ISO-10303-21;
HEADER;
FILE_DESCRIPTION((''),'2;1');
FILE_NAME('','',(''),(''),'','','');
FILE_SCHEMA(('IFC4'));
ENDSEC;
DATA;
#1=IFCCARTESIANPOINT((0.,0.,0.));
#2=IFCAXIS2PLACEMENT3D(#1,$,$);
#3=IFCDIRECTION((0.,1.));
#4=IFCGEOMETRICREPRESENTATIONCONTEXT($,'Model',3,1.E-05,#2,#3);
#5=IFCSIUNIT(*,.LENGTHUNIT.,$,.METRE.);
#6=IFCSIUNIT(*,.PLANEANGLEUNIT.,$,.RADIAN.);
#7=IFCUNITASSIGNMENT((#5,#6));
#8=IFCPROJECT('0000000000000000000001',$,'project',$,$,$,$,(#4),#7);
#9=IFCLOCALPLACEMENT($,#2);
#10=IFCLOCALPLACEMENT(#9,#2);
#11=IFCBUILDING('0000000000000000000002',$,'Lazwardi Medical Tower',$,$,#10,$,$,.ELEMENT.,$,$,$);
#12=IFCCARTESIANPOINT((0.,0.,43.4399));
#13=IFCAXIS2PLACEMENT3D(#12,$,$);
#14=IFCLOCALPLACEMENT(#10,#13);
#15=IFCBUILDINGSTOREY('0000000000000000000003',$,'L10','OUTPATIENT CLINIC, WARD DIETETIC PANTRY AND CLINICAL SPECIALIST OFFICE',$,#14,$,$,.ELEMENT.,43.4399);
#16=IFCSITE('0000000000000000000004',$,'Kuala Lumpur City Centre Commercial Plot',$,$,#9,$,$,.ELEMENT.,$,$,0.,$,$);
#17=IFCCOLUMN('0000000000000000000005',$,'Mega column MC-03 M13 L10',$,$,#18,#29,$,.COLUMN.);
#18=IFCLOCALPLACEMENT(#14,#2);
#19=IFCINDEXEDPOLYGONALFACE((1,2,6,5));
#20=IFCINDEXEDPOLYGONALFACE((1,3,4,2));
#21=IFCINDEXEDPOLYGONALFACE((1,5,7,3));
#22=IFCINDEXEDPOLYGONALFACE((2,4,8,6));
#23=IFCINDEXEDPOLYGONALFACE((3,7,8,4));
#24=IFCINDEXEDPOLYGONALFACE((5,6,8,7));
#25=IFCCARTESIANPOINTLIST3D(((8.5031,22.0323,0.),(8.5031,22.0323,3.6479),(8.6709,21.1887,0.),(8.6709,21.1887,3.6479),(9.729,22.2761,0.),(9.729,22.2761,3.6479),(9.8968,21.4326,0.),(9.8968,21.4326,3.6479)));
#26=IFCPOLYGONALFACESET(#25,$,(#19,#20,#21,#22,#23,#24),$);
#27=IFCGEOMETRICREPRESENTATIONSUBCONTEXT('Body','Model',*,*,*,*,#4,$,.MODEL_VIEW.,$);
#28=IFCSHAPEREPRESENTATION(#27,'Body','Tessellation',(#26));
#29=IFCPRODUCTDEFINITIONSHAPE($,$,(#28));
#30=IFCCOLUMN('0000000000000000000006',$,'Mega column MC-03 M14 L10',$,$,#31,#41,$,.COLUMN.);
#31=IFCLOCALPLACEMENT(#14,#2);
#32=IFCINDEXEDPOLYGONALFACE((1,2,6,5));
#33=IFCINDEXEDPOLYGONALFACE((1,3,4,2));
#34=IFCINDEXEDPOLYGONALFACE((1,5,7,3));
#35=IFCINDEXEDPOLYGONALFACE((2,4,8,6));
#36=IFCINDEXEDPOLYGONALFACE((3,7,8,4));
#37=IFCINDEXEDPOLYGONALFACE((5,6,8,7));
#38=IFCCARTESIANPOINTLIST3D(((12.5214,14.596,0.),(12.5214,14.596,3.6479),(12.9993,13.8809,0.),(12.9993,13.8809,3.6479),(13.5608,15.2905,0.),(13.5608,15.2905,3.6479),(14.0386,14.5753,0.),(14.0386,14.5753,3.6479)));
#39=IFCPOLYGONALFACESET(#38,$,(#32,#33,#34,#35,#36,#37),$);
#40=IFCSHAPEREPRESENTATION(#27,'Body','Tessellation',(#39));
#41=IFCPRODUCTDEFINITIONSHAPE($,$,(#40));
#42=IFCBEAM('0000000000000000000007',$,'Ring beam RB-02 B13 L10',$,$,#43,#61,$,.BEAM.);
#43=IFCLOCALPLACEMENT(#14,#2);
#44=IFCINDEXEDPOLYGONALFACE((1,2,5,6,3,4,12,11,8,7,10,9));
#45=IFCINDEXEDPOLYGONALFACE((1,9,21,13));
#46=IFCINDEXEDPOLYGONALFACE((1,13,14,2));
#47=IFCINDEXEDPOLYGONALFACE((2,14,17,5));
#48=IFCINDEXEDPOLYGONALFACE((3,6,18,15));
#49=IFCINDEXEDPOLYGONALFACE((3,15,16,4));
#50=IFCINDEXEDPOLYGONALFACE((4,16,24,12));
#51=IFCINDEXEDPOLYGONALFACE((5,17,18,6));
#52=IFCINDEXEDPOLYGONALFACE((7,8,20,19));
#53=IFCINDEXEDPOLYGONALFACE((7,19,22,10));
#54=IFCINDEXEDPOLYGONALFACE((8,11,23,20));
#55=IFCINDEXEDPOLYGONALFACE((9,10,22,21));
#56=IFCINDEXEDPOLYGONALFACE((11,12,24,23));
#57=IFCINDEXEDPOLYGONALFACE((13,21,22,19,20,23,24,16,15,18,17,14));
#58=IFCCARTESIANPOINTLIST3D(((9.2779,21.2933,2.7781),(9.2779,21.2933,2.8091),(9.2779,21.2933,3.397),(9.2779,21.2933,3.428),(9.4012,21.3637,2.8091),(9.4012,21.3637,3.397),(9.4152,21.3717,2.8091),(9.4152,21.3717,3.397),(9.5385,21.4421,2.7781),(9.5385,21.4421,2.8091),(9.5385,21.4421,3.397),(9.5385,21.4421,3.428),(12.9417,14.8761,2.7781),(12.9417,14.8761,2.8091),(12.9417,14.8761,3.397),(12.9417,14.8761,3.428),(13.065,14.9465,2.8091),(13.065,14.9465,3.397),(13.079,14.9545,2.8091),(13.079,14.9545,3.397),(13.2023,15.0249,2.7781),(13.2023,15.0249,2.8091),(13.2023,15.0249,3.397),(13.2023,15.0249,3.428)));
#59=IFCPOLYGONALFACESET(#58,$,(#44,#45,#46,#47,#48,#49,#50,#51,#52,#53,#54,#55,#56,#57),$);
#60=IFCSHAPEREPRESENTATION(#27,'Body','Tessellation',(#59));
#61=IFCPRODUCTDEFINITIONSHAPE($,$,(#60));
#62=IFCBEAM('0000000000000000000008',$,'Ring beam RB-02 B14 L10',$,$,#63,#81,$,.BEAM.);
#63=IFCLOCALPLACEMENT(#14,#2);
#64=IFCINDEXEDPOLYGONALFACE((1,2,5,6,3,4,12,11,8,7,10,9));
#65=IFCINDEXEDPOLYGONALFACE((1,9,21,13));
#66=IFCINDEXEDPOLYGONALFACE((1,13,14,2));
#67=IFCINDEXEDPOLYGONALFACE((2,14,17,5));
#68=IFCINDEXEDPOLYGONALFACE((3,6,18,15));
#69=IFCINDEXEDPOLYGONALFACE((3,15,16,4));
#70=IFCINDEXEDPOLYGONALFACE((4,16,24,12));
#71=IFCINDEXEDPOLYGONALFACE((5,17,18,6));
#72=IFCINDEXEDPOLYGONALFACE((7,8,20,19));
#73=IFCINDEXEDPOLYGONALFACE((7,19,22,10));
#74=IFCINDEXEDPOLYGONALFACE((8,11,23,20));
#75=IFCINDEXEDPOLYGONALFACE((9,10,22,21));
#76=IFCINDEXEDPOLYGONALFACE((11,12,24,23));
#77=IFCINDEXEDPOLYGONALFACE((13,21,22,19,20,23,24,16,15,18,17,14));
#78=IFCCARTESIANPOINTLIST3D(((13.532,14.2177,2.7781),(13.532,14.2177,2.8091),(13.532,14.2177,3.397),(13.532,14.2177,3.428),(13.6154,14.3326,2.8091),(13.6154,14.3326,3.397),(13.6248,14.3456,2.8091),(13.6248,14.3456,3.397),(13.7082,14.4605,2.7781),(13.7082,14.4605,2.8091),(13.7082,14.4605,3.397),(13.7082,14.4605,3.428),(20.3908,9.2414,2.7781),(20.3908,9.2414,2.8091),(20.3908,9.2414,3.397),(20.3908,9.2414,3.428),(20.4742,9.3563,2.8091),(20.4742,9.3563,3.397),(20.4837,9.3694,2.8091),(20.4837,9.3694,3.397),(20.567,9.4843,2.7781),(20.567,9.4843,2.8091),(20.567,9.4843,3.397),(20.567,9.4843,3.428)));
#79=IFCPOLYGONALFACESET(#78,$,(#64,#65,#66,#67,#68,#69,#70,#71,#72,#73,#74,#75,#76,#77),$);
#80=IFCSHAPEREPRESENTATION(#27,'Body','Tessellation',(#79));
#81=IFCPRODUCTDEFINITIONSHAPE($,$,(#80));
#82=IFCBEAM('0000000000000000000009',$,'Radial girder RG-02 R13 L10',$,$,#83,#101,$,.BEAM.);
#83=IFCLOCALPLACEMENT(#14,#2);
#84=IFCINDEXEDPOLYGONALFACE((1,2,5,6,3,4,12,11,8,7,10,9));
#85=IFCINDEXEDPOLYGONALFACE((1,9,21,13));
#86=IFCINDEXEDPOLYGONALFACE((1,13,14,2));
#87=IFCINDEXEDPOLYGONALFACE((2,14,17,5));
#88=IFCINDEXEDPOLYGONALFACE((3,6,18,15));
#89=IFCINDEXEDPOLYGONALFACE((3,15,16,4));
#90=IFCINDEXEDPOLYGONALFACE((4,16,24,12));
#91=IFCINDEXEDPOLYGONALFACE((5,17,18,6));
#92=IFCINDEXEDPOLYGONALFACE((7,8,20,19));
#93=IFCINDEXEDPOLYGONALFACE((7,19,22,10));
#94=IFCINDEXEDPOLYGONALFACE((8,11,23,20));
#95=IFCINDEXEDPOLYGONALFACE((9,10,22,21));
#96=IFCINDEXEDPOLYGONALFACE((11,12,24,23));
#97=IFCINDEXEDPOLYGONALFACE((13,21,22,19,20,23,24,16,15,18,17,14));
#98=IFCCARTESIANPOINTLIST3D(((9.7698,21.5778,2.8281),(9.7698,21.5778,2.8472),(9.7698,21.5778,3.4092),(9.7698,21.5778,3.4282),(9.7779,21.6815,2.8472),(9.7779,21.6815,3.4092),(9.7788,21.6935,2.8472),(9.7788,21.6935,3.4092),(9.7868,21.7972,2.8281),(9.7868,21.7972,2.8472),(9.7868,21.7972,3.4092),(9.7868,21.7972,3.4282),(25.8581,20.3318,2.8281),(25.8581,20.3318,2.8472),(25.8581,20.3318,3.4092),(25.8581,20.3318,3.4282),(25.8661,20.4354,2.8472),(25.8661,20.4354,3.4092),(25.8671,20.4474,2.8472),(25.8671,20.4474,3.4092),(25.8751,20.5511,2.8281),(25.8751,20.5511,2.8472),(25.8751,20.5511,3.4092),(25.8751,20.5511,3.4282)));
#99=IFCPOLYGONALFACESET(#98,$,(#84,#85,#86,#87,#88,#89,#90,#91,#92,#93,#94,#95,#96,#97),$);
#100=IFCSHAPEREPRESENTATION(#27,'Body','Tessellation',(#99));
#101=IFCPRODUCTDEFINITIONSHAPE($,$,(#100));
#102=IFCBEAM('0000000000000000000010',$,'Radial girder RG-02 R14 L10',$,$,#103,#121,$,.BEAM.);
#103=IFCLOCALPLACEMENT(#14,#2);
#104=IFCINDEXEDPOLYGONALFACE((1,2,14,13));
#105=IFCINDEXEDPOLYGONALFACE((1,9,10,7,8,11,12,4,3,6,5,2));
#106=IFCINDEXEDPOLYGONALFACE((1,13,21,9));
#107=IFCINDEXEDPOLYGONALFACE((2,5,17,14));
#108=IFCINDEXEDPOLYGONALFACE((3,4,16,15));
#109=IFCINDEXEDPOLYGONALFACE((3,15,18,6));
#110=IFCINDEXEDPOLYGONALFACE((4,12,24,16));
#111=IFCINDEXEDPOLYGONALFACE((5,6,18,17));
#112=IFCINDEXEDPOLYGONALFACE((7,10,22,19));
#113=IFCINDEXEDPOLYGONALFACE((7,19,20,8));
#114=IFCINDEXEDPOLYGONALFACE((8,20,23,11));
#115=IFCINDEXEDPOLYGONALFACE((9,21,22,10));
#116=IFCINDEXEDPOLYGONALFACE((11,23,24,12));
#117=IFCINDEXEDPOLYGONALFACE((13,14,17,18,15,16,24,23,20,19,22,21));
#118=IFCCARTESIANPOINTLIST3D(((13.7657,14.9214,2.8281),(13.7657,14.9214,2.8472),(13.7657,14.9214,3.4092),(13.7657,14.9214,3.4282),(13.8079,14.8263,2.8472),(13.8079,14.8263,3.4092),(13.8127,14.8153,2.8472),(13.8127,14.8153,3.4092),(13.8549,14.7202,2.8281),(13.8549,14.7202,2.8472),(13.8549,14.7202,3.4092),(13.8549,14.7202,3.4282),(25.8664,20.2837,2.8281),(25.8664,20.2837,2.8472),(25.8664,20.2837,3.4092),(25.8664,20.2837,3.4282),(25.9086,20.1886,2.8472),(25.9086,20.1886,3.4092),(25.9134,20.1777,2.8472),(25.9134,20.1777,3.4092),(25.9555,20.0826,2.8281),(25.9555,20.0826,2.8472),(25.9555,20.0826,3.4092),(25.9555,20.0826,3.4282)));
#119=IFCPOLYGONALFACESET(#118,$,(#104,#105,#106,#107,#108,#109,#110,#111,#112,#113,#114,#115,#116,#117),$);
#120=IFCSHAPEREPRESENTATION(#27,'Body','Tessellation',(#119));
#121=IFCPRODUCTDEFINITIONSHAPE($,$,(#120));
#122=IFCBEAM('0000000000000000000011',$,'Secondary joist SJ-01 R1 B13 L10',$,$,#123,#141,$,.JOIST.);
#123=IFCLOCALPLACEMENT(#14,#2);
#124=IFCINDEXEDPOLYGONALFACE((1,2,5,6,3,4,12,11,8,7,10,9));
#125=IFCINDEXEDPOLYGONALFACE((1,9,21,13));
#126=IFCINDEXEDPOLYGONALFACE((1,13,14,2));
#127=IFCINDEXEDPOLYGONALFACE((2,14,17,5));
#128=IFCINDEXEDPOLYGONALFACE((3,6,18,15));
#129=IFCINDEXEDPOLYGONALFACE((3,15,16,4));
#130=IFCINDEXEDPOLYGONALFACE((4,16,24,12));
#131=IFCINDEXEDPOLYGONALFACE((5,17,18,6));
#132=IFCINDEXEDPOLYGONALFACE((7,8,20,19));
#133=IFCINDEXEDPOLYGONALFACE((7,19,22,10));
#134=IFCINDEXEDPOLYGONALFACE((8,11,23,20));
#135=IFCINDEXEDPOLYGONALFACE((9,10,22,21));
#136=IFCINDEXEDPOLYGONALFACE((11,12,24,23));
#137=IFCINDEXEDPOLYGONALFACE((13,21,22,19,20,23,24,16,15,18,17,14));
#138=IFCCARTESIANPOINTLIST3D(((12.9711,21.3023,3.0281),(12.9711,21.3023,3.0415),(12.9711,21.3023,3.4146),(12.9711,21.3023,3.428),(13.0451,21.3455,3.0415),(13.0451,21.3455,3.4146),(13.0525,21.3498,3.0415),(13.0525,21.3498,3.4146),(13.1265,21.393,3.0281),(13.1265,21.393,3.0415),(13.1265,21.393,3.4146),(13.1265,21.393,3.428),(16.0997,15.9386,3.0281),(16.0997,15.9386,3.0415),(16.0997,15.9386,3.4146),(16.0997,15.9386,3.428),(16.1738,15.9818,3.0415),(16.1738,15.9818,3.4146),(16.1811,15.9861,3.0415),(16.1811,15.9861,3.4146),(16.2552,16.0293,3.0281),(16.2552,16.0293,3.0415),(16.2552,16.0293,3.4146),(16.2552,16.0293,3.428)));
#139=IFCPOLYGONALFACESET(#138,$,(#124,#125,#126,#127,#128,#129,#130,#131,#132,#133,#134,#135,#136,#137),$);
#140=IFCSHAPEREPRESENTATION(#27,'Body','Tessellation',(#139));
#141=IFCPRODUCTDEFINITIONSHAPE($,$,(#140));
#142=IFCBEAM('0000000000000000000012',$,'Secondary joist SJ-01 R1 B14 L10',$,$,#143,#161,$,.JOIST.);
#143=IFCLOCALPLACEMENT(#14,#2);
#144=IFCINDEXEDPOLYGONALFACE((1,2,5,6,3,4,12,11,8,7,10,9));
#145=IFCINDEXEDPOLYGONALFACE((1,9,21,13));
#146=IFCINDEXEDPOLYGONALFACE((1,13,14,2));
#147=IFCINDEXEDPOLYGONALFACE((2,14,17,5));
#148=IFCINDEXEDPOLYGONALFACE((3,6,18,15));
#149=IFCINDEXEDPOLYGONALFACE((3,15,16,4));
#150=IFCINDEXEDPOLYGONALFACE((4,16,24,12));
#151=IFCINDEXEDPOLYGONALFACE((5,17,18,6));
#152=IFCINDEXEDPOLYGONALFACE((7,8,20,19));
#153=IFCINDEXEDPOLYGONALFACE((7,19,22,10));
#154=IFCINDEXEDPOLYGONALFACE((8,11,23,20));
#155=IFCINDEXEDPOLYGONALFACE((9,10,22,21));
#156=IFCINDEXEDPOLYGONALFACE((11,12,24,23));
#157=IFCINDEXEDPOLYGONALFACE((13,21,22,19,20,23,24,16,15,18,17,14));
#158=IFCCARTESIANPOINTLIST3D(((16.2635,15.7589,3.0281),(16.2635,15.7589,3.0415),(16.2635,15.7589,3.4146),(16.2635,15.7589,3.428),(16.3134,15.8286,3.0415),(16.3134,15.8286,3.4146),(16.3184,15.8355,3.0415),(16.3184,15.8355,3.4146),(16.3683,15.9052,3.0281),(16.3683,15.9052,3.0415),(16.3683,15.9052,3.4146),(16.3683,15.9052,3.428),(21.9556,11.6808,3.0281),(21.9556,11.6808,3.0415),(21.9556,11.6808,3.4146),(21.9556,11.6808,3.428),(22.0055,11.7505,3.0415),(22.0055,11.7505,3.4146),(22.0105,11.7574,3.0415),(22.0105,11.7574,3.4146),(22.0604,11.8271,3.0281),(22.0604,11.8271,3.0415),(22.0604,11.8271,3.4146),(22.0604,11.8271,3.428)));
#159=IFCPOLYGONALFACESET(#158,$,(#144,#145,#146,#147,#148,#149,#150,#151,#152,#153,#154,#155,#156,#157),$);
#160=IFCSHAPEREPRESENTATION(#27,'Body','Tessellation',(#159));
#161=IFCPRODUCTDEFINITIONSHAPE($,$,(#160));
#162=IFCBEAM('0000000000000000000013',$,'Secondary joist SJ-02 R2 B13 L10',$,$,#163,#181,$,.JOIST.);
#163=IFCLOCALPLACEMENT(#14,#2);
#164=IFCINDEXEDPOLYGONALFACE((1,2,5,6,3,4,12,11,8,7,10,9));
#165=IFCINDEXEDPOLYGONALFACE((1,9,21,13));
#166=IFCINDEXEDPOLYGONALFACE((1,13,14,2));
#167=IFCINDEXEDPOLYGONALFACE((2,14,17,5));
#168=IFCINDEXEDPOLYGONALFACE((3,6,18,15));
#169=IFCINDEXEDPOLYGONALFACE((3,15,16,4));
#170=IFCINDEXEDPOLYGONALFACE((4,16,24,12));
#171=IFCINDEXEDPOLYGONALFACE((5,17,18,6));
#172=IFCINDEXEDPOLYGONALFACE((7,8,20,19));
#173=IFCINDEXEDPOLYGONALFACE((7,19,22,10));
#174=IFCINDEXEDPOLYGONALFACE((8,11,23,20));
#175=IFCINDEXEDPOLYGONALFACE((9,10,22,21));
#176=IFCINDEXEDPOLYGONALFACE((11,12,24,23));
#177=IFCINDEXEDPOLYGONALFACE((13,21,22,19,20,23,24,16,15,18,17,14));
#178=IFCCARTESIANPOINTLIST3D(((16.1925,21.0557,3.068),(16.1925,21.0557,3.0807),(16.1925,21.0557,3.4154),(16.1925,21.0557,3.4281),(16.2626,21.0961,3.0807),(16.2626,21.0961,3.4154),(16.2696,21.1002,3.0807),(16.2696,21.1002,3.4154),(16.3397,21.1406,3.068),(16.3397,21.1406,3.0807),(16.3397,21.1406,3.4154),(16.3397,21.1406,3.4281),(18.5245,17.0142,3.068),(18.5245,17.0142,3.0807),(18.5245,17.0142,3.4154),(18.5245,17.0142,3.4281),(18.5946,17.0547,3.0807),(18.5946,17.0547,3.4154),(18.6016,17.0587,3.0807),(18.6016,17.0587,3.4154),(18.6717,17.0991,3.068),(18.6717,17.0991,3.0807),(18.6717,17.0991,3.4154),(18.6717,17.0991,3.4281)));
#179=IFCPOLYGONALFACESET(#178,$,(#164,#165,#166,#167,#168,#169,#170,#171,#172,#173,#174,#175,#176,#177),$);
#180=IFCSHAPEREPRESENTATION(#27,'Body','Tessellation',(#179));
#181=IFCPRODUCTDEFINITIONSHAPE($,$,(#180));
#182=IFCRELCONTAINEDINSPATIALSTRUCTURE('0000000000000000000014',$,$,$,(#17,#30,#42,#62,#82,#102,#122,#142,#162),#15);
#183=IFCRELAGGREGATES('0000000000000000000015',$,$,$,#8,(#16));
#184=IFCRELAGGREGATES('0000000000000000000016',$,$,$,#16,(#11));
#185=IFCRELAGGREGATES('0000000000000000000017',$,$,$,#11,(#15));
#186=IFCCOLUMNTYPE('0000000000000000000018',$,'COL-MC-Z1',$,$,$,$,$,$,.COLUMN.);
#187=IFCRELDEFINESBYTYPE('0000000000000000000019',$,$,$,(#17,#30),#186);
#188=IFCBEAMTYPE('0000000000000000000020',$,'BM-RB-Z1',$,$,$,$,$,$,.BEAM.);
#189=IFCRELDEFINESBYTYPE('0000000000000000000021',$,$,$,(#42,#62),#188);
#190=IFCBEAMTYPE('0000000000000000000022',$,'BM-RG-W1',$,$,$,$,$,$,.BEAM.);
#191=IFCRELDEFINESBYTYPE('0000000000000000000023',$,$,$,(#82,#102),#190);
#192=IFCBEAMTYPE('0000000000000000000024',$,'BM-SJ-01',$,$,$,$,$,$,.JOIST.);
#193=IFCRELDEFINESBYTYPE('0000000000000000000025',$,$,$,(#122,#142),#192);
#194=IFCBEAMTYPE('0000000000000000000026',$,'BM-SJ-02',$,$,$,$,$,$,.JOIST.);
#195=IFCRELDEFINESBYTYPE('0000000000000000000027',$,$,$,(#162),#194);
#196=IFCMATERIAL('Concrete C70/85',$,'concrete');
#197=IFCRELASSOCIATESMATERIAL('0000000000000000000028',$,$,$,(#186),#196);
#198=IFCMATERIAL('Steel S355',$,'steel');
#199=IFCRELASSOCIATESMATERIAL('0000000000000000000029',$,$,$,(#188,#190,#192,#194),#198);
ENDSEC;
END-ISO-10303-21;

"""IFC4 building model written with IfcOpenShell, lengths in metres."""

from ifc_helpers import new_model, si_unit, direction, frame, origin, origin_2d, place, context, subcontext, project, spatial, rectangle, i_section, extrude, material, material_profile, profile_set, type_object, element, save


model = new_model("IFC4")

# Units and contexts
model_context = context("Model", 3, precision=1e-05, world=origin(), true_north=direction((0.0, 1.0)))
body_context = subcontext(model_context, "Body", "Model", "MODEL_VIEW")
ifc_project = project(units=[si_unit("LENGTHUNIT", "METRE"), si_unit("PLANEANGLEUNIT", "RADIAN")], contexts=[model_context])

# Site, building, storey
site_placement = place(None, origin())
site = spatial("IfcSite", under=ifc_project, at=site_placement, Name="Kuala Lumpur City Centre Commercial Plot", CompositionType="ELEMENT", RefElevation=0.0)
building_placement = place(site_placement, origin())
building = spatial("IfcBuilding", under=site, at=building_placement, Name="Lazwardi Medical Tower", CompositionType="ELEMENT")
storey_placement = place(building_placement, frame((0.0, 0.0, 43.4399)))
storey = spatial("IfcBuildingStorey", under=building, at=storey_placement, Name="L10", Description="OUTPATIENT CLINIC, WARD DIETETIC PANTRY AND CLINICAL SPECIALIST OFFICE", CompositionType="ELEMENT", Elevation=43.4399)

# Columns
ifc_material_1 = material(Name="Concrete C70/85", Category="concrete")
ifc_material_profile_1 = material_profile(ifc_material_1, rectangle(XDim=1.25, YDim=0.8601, at=origin_2d()), Name="CFT-RECT 1250x860")
ifc_profile_set_1 = profile_set([ifc_material_profile_1], Name="Concrete C70/85")
column_type = type_object("IfcColumnType", Name="COL-MC-Z1", PredefinedType="COLUMN", material=ifc_profile_set_1)
for number, where, z_axis, x_axis, name in (
    (1, (9.2, 21.7324, 0.0), (0.0, 0.0, 1.0), (-0.980785, -0.19509, 0.0), "Mega column MC-03 M13 L10"),
    (2, (13.28, 14.5857, 0.0), (0.0, 0.0, 1.0), (-0.83147, -0.55557, 0.0), "Mega column MC-03 M14 L10"),
):
    element("IfcColumn", number, at=place(storey_placement, frame(where, z_axis=z_axis, x_axis=x_axis)), inside=storey, type_object=column_type, Name=name, PredefinedType="COLUMN", context=body_context, shape_type="SweptSolid", body=[
        extrude(rectangle(XDim=1.25, YDim=0.8601, at=origin_2d()), origin(), (0.0, 0.0, 1.0), 3.6479),
    ])

# Beams
ifc_material_2 = material(Name="Steel S355", Category="steel")
ifc_material_profile_2 = material_profile(ifc_material_2, i_section(OverallWidth=0.3, OverallDepth=0.6499, WebThickness=0.0161, FlangeThickness=0.031, at=origin_2d()), Name="HEB 650")
ifc_profile_set_2 = profile_set([ifc_material_profile_2], Name="Steel S355")
beam_type_1 = type_object("IfcBeamType", Name="BM-RB-Z1", PredefinedType="BEAM", material=ifc_profile_set_2)
beam_1_placement = place(storey_placement, frame((9.4082, 21.3677, 3.103), z_axis=(0.495815, -0.868428, 0.0), x_axis=(0.868428, 0.495815, 0.0)))
element("IfcBeam", 3, at=beam_1_placement, inside=storey, type_object=beam_type_1, Name="Ring beam RB-02 B13 L10", PredefinedType="BEAM", context=body_context, shape_type="SweptSolid", body=[
    extrude(i_section(OverallWidth=0.3, OverallDepth=0.6499, WebThickness=0.0161, FlangeThickness=0.031, at=origin_2d()), origin(), (0.0, 0.0, 1.0), 7.3894),
])
beam_2_placement = place(storey_placement, frame((13.6201, 14.3391, 3.103), z_axis=(0.809407, -0.587248, 0.0), x_axis=(0.587248, 0.809407, 0.0)))
element("IfcBeam", 4, at=beam_2_placement, inside=storey, type_object=beam_type_1, Name="Ring beam RB-02 B14 L10", PredefinedType="BEAM", context=body_context, shape_type="SweptSolid", body=[
    extrude(i_section(OverallWidth=0.3, OverallDepth=0.6499, WebThickness=0.0161, FlangeThickness=0.031, at=origin_2d()), origin(), (0.0, 0.0, 1.0), 8.4739),
])
ifc_material_profile_3 = material_profile(ifc_material_2, i_section(OverallWidth=0.22, OverallDepth=0.6001, WebThickness=0.012, FlangeThickness=0.019, at=origin_2d()), Name="IPE 600")
ifc_profile_set_3 = profile_set([ifc_material_profile_3], Name="Steel S355")
beam_type_2 = type_object("IfcBeamType", Name="BM-RG-W1", PredefinedType="BEAM", material=ifc_profile_set_3)
beam_3_placement = place(storey_placement, frame((9.7783, 21.6875, 3.1282), z_axis=(0.997014, -0.077222, 0.0), x_axis=(0.077222, 0.997014, 0.0)))
element("IfcBeam", 5, at=beam_3_placement, inside=storey, type_object=beam_type_2, Name="Radial girder RG-02 R13 L10", PredefinedType="BEAM", context=body_context, shape_type="SweptSolid", body=[
    extrude(i_section(OverallWidth=0.22, OverallDepth=0.6001, WebThickness=0.012, FlangeThickness=0.019, at=origin_2d()), origin(), (0.0, 0.0, 1.0), 16.1365),
])
beam_4_placement = place(storey_placement, frame((13.8103, 14.8208, 3.1282), z_axis=(0.914252, 0.405146, 0.0), x_axis=(-0.405146, 0.914252, 0.0)))
element("IfcBeam", 6, at=beam_4_placement, inside=storey, type_object=beam_type_2, Name="Radial girder RG-02 R14 L10", PredefinedType="BEAM", context=body_context, shape_type="SweptSolid", body=[
    extrude(i_section(OverallWidth=0.22, OverallDepth=0.6001, WebThickness=0.012, FlangeThickness=0.019, at=origin_2d()), origin(), (0.0, 0.0, 1.0), 13.2356),
])
ifc_material_profile_4 = material_profile(ifc_material_2, i_section(OverallWidth=0.1799, OverallDepth=0.3999, WebThickness=0.0085, FlangeThickness=0.0134, at=origin_2d()), Name="IPE 400")
ifc_profile_set_4 = profile_set([ifc_material_profile_4], Name="Steel S355")
beam_type_3 = type_object("IfcBeamType", Name="BM-SJ-01", PredefinedType="JOIST", material=ifc_profile_set_4)
beam_5_placement = place(storey_placement, frame((13.0488, 21.3477, 3.228), z_axis=(0.503847, -0.863793, 0.0), x_axis=(0.863793, 0.503847, 0.0)))
element("IfcBeam", 7, at=beam_5_placement, inside=storey, type_object=beam_type_3, Name="Secondary joist SJ-01 R1 B13 L10", PredefinedType="JOIST", context=body_context, shape_type="SweptSolid", body=[
    extrude(i_section(OverallWidth=0.1799, OverallDepth=0.3999, WebThickness=0.0085, FlangeThickness=0.0134, at=origin_2d()), origin(), (0.0, 0.0, 1.0), 6.2095),
])
beam_6_placement = place(storey_placement, frame((16.3159, 15.832, 3.228), z_axis=(0.812901, -0.582402, 0.0), x_axis=(0.582402, 0.812901, 0.0)))
element("IfcBeam", 8, at=beam_6_placement, inside=storey, type_object=beam_type_3, Name="Secondary joist SJ-01 R1 B14 L10", PredefinedType="JOIST", context=body_context, shape_type="SweptSolid", body=[
    extrude(i_section(OverallWidth=0.1799, OverallDepth=0.3999, WebThickness=0.0085, FlangeThickness=0.0134, at=origin_2d()), origin(), (0.0, 0.0, 1.0), 7.0022),
])
ifc_material_profile_5 = material_profile(ifc_material_2, i_section(OverallWidth=0.1699, OverallDepth=0.3601, WebThickness=0.0081, FlangeThickness=0.0127, at=origin_2d()), Name="IPE 360")
ifc_profile_set_5 = profile_set([ifc_material_profile_5], Name="Steel S355")
beam_type_4 = type_object("IfcBeamType", Name="BM-SJ-02", PredefinedType="JOIST", material=ifc_profile_set_5)
beam_7_placement = place(storey_placement, frame((16.2661, 21.0981, 3.248), z_axis=(0.499786, -0.866149, 0.0), x_axis=(0.866149, 0.499786, 0.0)))
element("IfcBeam", 9, at=beam_7_placement, inside=storey, type_object=beam_type_4, Name="Secondary joist SJ-02 R2 B13 L10", PredefinedType="JOIST", context=body_context, shape_type="SweptSolid", body=[
    extrude(i_section(OverallWidth=0.1699, OverallDepth=0.3601, WebThickness=0.0081, FlangeThickness=0.0127, at=origin_2d()), origin(), (0.0, 0.0, 1.0), 4.666),
])

save(model, "model.ifc")
